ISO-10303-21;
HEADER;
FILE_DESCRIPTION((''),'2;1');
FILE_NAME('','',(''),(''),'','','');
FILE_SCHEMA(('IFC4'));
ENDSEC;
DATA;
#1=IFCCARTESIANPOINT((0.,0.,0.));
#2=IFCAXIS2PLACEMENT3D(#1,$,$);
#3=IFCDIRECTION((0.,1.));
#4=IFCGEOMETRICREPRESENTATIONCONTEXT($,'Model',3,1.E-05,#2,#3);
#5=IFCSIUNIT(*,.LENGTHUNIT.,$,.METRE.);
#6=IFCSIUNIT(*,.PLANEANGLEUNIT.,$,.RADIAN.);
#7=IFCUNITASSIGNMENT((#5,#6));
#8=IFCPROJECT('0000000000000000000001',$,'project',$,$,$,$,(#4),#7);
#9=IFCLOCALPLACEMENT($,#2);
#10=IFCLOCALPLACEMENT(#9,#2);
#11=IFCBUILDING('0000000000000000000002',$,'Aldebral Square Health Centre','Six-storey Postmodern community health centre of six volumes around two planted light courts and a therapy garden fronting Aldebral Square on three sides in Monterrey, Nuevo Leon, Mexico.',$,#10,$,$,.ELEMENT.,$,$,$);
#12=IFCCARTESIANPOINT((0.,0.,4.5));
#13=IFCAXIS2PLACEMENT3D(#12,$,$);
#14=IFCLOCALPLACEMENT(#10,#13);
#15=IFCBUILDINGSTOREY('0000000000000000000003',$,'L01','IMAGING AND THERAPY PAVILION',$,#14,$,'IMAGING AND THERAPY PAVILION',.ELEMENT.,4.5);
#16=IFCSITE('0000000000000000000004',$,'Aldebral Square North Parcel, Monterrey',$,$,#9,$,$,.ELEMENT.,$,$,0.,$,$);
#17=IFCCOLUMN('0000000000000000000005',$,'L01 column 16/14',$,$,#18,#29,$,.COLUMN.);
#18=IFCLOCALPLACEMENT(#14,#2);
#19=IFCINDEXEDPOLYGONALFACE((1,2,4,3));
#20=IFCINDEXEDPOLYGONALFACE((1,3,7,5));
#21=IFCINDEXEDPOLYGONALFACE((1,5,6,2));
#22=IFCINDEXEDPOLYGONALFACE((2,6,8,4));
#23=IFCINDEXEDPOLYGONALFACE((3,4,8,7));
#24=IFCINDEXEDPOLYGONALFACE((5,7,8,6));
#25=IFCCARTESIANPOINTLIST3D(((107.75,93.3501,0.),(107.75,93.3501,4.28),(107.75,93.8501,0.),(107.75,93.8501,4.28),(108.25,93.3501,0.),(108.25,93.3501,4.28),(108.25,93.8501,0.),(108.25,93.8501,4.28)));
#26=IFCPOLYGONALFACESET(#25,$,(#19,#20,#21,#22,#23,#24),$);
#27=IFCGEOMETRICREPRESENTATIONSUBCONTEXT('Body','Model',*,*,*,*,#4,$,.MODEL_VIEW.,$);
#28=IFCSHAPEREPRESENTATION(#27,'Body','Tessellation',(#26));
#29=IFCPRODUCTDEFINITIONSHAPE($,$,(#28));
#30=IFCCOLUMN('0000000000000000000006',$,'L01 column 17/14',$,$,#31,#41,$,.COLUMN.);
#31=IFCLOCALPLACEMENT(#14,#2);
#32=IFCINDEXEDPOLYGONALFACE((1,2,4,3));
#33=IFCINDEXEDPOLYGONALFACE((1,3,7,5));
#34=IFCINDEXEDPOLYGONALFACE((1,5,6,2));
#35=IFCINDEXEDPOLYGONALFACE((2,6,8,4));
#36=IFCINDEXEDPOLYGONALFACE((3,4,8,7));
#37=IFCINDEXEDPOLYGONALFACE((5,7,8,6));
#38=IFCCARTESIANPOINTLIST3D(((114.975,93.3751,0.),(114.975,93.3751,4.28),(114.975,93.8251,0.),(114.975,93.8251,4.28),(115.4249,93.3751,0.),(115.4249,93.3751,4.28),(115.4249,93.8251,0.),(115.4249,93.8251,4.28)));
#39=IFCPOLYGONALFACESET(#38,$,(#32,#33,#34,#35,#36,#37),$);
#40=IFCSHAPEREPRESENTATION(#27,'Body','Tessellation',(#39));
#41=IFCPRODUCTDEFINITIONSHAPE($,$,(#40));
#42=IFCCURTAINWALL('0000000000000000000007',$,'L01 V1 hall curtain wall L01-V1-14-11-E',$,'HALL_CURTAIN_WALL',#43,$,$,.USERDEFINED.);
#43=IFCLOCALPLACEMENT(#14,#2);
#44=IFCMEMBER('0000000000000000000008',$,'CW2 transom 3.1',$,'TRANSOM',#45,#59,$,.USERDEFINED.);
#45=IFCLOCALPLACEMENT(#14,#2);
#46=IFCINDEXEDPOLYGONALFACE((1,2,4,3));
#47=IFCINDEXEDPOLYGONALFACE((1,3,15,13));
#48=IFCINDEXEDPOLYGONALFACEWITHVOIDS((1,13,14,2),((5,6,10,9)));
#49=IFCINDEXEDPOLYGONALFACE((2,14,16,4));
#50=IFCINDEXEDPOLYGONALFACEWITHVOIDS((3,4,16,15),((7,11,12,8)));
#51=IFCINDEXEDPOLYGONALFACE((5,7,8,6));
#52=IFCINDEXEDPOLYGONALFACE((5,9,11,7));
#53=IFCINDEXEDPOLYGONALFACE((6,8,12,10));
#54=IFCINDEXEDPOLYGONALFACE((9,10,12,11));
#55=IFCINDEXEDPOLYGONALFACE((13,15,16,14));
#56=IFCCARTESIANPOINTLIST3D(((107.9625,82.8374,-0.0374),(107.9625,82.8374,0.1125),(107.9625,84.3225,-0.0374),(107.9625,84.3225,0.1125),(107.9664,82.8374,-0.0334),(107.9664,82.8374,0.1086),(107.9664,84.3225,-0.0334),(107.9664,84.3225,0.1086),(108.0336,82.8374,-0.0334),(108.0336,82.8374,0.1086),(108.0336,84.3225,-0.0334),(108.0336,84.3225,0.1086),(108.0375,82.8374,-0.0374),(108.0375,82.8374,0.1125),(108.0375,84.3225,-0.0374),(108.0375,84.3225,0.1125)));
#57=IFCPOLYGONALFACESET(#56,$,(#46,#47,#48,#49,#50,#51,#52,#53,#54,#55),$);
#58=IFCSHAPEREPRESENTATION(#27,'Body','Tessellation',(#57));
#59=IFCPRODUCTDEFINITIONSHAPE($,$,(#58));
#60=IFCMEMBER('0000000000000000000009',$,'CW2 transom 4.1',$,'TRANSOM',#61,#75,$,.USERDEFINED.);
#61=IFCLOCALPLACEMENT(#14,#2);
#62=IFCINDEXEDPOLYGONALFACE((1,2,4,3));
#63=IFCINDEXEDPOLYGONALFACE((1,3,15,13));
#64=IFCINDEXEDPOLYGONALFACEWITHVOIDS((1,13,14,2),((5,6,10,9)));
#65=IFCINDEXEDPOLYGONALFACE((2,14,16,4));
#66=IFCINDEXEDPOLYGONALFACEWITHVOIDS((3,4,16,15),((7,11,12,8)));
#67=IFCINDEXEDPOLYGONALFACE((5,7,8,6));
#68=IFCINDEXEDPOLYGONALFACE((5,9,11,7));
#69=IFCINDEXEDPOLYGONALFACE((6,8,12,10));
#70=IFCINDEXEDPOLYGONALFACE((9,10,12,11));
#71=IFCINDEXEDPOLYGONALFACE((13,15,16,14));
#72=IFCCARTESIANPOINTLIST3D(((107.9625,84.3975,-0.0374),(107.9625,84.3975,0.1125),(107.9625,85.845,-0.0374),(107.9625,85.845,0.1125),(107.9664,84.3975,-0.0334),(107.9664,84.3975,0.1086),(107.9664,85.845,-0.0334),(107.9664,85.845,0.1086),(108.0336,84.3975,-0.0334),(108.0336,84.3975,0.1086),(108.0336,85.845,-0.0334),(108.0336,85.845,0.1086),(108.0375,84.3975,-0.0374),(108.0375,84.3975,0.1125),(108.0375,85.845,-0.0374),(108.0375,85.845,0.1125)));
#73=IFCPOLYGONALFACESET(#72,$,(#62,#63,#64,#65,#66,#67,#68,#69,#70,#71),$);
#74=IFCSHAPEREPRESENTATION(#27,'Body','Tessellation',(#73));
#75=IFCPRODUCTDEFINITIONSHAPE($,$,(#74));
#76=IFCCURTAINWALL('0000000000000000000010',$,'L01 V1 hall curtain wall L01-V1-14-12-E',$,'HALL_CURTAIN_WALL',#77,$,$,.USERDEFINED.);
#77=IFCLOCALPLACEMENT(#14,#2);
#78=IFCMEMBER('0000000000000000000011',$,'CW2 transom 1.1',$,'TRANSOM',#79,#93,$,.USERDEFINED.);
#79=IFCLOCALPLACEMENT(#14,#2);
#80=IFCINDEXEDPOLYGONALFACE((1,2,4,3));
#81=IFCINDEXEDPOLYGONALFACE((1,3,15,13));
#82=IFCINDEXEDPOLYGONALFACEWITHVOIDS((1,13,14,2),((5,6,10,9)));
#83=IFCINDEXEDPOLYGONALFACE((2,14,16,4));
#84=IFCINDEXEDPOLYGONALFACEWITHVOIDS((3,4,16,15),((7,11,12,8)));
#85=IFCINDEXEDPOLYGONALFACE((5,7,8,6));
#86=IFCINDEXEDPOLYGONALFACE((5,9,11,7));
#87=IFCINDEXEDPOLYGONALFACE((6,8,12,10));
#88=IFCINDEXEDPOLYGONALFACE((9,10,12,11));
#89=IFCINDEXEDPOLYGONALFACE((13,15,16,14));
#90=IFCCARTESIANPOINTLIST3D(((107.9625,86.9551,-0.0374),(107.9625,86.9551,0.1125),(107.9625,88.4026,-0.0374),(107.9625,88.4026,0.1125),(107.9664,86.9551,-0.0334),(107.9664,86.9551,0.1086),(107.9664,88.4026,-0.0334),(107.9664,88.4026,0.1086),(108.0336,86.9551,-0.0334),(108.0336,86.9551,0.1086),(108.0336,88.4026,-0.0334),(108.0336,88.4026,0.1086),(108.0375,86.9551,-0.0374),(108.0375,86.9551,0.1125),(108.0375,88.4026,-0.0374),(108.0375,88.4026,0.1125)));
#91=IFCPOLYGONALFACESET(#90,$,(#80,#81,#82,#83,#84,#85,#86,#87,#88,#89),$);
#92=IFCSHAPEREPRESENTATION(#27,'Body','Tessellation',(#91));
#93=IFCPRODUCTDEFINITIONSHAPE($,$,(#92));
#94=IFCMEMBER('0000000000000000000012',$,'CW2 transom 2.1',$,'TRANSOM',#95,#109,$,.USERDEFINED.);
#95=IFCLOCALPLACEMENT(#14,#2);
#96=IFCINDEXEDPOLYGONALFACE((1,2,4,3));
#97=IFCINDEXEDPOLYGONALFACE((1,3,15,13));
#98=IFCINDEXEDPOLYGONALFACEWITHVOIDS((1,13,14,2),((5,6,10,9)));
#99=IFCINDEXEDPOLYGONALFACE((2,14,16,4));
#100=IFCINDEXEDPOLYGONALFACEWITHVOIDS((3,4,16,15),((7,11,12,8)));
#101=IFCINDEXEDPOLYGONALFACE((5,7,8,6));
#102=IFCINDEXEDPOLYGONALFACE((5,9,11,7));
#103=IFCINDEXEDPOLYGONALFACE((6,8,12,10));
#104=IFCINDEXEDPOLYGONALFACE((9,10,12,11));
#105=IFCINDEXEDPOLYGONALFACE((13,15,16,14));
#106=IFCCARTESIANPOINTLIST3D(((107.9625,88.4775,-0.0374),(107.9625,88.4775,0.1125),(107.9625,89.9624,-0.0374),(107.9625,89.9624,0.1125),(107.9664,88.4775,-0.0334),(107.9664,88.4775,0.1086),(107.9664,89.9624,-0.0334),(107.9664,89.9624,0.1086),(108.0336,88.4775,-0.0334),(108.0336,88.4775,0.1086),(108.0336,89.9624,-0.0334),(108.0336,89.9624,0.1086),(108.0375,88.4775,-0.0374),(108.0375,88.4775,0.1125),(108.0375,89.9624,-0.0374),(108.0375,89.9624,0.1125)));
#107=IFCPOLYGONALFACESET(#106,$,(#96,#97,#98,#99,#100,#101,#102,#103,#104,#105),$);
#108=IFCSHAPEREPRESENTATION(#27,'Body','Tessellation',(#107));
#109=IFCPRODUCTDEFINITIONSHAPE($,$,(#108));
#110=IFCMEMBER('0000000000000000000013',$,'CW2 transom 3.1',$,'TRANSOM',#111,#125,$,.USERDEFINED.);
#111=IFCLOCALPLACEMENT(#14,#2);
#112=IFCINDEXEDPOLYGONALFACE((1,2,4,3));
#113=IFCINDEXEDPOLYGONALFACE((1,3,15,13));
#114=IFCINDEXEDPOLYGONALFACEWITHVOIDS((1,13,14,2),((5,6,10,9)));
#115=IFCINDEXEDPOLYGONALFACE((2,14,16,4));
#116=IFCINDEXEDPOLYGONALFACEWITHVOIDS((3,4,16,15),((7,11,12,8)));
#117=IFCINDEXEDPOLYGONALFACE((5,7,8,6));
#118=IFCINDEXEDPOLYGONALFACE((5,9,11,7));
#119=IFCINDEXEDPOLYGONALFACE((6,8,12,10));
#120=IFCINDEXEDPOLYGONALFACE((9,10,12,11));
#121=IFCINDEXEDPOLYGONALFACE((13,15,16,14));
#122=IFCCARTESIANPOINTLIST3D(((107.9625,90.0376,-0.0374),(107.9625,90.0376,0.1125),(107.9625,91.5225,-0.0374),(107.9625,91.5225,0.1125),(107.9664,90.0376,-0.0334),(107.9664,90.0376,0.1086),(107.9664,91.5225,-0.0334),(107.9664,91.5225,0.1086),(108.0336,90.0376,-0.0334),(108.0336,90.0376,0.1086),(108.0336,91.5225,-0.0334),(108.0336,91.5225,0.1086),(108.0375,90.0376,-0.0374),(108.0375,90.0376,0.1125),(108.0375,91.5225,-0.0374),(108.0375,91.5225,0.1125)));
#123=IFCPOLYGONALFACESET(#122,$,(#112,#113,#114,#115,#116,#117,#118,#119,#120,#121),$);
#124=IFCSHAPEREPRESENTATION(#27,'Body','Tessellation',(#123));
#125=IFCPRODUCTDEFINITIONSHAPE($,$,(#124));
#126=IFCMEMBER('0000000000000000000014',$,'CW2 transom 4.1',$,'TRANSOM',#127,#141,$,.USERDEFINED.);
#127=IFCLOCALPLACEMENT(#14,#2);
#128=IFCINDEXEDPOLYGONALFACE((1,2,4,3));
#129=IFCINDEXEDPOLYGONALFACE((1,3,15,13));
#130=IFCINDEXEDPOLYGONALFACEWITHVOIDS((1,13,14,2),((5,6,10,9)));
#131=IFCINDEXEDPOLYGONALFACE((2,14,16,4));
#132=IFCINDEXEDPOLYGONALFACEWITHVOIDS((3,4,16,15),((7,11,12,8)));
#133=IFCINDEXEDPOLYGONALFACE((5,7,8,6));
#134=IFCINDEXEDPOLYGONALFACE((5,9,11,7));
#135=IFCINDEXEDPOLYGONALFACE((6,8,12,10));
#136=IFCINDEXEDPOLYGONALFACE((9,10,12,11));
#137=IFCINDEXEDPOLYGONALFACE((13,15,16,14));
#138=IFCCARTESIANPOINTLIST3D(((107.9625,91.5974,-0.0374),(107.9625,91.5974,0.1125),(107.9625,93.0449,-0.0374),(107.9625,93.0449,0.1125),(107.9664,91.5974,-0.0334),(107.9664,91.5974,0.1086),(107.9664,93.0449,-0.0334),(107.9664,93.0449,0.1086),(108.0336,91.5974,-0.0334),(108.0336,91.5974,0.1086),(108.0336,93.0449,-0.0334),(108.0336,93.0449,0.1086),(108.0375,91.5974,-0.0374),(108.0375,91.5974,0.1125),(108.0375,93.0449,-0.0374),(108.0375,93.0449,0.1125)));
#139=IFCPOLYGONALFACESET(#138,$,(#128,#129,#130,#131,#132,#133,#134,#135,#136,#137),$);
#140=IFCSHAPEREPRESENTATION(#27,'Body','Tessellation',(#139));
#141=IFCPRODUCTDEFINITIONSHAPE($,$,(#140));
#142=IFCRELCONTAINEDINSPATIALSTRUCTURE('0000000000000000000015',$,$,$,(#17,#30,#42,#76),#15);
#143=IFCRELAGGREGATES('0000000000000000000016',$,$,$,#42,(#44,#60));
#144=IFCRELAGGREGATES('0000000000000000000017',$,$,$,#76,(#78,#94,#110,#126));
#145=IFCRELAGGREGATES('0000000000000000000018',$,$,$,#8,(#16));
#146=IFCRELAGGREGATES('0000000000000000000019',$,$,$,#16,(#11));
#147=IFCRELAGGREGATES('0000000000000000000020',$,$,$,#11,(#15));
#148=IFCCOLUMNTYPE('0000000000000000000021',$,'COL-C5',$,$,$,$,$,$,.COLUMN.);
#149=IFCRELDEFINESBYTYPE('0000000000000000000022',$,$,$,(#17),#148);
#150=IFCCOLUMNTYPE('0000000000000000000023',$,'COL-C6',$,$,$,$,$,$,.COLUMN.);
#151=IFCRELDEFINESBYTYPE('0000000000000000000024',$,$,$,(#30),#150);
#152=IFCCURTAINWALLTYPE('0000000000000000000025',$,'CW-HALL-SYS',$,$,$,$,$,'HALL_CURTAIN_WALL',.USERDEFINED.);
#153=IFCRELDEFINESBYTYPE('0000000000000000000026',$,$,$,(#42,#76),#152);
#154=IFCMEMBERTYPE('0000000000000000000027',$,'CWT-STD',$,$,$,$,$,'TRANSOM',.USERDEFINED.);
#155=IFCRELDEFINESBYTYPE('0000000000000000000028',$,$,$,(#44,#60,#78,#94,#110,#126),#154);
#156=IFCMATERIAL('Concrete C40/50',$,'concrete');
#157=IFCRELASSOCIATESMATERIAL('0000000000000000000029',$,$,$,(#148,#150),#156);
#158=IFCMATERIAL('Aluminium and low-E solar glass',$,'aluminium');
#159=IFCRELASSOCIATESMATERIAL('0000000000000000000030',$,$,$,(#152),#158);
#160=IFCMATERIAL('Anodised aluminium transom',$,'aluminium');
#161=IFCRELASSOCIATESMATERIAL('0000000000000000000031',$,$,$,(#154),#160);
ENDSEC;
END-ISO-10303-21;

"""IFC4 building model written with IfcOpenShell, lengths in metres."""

from ifc_helpers import new_model, si_unit, direction, frame, origin, origin_2d, place, context, subcontext, project, spatial, rectangle, hollow_rectangle, extrude, material, material_profile, profile_set, type_object, element, aggregate, save


model = new_model("IFC4")

# Units and contexts
model_context = context("Model", 3, precision=1e-05, world=origin(), true_north=direction((0.0, 1.0)))
body_context = subcontext(model_context, "Body", "Model", "MODEL_VIEW")
ifc_project = project(units=[si_unit("LENGTHUNIT", "METRE"), si_unit("PLANEANGLEUNIT", "RADIAN")], contexts=[model_context])

# Site, building, storey
site_placement = place(None, origin())
site = spatial("IfcSite", under=ifc_project, at=site_placement, Name="Aldebral Square North Parcel, Monterrey", CompositionType="ELEMENT", RefElevation=0.0)
building_placement = place(site_placement, origin())
building = spatial("IfcBuilding", under=site, at=building_placement, Name="Aldebral Square Health Centre", Description="Six-storey Postmodern community health centre of six volumes around two planted light courts and a therapy garden fronting Aldebral Square on three sides in Monterrey, Nuevo Leon, Mexico.", CompositionType="ELEMENT")
storey_placement = place(building_placement, frame((0.0, 0.0, 4.5)))
storey = spatial("IfcBuildingStorey", under=building, at=storey_placement, Name="L01", Description="IMAGING AND THERAPY PAVILION", LongName="IMAGING AND THERAPY PAVILION", CompositionType="ELEMENT", Elevation=4.5)

# Columns
ifc_material_1 = material(Name="Concrete C40/50", Category="concrete")
ifc_material_profile_1 = material_profile(ifc_material_1, rectangle(XDim=0.5, YDim=0.5, at=origin_2d()), Name="RC 500x500")
ifc_profile_set_1 = profile_set([ifc_material_profile_1], Name="Concrete C40/50")
column_type_1 = type_object("IfcColumnType", Name="COL-C5", PredefinedType="COLUMN", material=ifc_profile_set_1)
column_1_placement = place(storey_placement, frame((108.0, 93.6001, 0.0), z_axis=(0.0, 0.0, 1.0), x_axis=(1.0, 0.0, 0.0)))
element("IfcColumn", 1, at=column_1_placement, inside=storey, type_object=column_type_1, Name="L01 column 16/14", PredefinedType="COLUMN", context=body_context, shape_type="SweptSolid", body=[
    extrude(rectangle(XDim=0.5, YDim=0.5, at=origin_2d()), origin(), (0.0, 0.0, 1.0), 4.28),
])
ifc_material_profile_2 = material_profile(ifc_material_1, rectangle(XDim=0.45, YDim=0.45, at=origin_2d()), Name="RC 450x450")
ifc_profile_set_2 = profile_set([ifc_material_profile_2], Name="Concrete C40/50")
column_type_2 = type_object("IfcColumnType", Name="COL-C6", PredefinedType="COLUMN", material=ifc_profile_set_2)
column_2_placement = place(storey_placement, frame((115.2, 93.6001, 0.0), z_axis=(0.0, 0.0, 1.0), x_axis=(1.0, 0.0, 0.0)))
element("IfcColumn", 2, at=column_2_placement, inside=storey, type_object=column_type_2, Name="L01 column 17/14", PredefinedType="COLUMN", context=body_context, shape_type="SweptSolid", body=[
    extrude(rectangle(XDim=0.45, YDim=0.45, at=origin_2d()), origin(), (0.0, 0.0, 1.0), 4.28),
])

# Curtain walls, members
ifc_material_2 = material(Name="Aluminium and low-E solar glass", Category="aluminium")
curtain_wall_type = type_object("IfcCurtainWallType", Name="CW-HALL-SYS", ElementType="HALL_CURTAIN_WALL", PredefinedType="USERDEFINED", material=ifc_material_2)
curtain_wall_1_placement = place(storey_placement, origin())
curtain_wall_1 = element("IfcCurtainWall", 3, at=curtain_wall_1_placement, inside=storey, type_object=curtain_wall_type, Name="L01 V1 hall curtain wall L01-V1-14-11-E", ObjectType="HALL_CURTAIN_WALL", PredefinedType="USERDEFINED")
ifc_material_3 = material(Name="Anodised aluminium transom", Category="aluminium")
ifc_material_profile_3 = material_profile(ifc_material_3, hollow_rectangle(XDim=0.075, YDim=0.1499, WallThickness=0.0039, at=origin_2d()), Name="CWT 75x150x4")
ifc_profile_set_3 = profile_set([ifc_material_profile_3], Name="Anodised aluminium transom")
member_type = type_object("IfcMemberType", Name="CWT-STD", ElementType="TRANSOM", PredefinedType="USERDEFINED", material=ifc_profile_set_3)
member_1_placement = place(storey_placement, frame((108.0, 82.8374, 0.0376), z_axis=(0.0, 1.0, 0.0), x_axis=(-1.0, 0.0, 0.0)))
member_1 = element("IfcMember", 4, at=member_1_placement, type_object=member_type, Name="CW2 transom 3.1", ObjectType="TRANSOM", PredefinedType="USERDEFINED", context=body_context, shape_type="SweptSolid", body=[
    extrude(hollow_rectangle(XDim=0.075, YDim=0.1499, WallThickness=0.0039, at=origin_2d()), origin(), (0.0, 0.0, 1.0), 1.4851),
])
member_2_placement = place(storey_placement, frame((108.0, 84.3975, 0.0376), z_axis=(0.0, 1.0, 0.0), x_axis=(-1.0, 0.0, 0.0)))
member_2 = element("IfcMember", 5, at=member_2_placement, type_object=member_type, Name="CW2 transom 4.1", ObjectType="TRANSOM", PredefinedType="USERDEFINED", context=body_context, shape_type="SweptSolid", body=[
    extrude(hollow_rectangle(XDim=0.075, YDim=0.1499, WallThickness=0.0039, at=origin_2d()), origin(), (0.0, 0.0, 1.0), 1.4475),
])
aggregate(curtain_wall_1, [member_1, member_2])
curtain_wall_2_placement = place(storey_placement, origin())
curtain_wall_2 = element("IfcCurtainWall", 6, at=curtain_wall_2_placement, inside=storey, type_object=curtain_wall_type, Name="L01 V1 hall curtain wall L01-V1-14-12-E", ObjectType="HALL_CURTAIN_WALL", PredefinedType="USERDEFINED")
member_3_placement = place(storey_placement, frame((108.0, 86.9551, 0.0376), z_axis=(0.0, 1.0, 0.0), x_axis=(-1.0, 0.0, 0.0)))
member_3 = element("IfcMember", 7, at=member_3_placement, type_object=member_type, Name="CW2 transom 1.1", ObjectType="TRANSOM", PredefinedType="USERDEFINED", context=body_context, shape_type="SweptSolid", body=[
    extrude(hollow_rectangle(XDim=0.075, YDim=0.1499, WallThickness=0.0039, at=origin_2d()), origin(), (0.0, 0.0, 1.0), 1.4475),
])
member_4_placement = place(storey_placement, frame((108.0, 88.4775, 0.0376), z_axis=(0.0, 1.0, 0.0), x_axis=(-1.0, 0.0, 0.0)))
member_4 = element("IfcMember", 8, at=member_4_placement, type_object=member_type, Name="CW2 transom 2.1", ObjectType="TRANSOM", PredefinedType="USERDEFINED", context=body_context, shape_type="SweptSolid", body=[
    extrude(hollow_rectangle(XDim=0.075, YDim=0.1499, WallThickness=0.0039, at=origin_2d()), origin(), (0.0, 0.0, 1.0), 1.4849),
])
member_5_placement = place(storey_placement, frame((108.0, 90.0376, 0.0376), z_axis=(0.0, 1.0, 0.0), x_axis=(-1.0, 0.0, 0.0)))
member_5 = element("IfcMember", 9, at=member_5_placement, type_object=member_type, Name="CW2 transom 3.1", ObjectType="TRANSOM", PredefinedType="USERDEFINED", context=body_context, shape_type="SweptSolid", body=[
    extrude(hollow_rectangle(XDim=0.075, YDim=0.1499, WallThickness=0.0039, at=origin_2d()), origin(), (0.0, 0.0, 1.0), 1.4849),
])
member_6_placement = place(storey_placement, frame((108.0, 91.5974, 0.0376), z_axis=(0.0, 1.0, 0.0), x_axis=(-1.0, 0.0, 0.0)))
member_6 = element("IfcMember", 10, at=member_6_placement, type_object=member_type, Name="CW2 transom 4.1", ObjectType="TRANSOM", PredefinedType="USERDEFINED", context=body_context, shape_type="SweptSolid", body=[
    extrude(hollow_rectangle(XDim=0.075, YDim=0.1499, WallThickness=0.0039, at=origin_2d()), origin(), (0.0, 0.0, 1.0), 1.4475),
])
aggregate(curtain_wall_2, [member_3, member_4, member_5, member_6])

save(model, "model.ifc")
